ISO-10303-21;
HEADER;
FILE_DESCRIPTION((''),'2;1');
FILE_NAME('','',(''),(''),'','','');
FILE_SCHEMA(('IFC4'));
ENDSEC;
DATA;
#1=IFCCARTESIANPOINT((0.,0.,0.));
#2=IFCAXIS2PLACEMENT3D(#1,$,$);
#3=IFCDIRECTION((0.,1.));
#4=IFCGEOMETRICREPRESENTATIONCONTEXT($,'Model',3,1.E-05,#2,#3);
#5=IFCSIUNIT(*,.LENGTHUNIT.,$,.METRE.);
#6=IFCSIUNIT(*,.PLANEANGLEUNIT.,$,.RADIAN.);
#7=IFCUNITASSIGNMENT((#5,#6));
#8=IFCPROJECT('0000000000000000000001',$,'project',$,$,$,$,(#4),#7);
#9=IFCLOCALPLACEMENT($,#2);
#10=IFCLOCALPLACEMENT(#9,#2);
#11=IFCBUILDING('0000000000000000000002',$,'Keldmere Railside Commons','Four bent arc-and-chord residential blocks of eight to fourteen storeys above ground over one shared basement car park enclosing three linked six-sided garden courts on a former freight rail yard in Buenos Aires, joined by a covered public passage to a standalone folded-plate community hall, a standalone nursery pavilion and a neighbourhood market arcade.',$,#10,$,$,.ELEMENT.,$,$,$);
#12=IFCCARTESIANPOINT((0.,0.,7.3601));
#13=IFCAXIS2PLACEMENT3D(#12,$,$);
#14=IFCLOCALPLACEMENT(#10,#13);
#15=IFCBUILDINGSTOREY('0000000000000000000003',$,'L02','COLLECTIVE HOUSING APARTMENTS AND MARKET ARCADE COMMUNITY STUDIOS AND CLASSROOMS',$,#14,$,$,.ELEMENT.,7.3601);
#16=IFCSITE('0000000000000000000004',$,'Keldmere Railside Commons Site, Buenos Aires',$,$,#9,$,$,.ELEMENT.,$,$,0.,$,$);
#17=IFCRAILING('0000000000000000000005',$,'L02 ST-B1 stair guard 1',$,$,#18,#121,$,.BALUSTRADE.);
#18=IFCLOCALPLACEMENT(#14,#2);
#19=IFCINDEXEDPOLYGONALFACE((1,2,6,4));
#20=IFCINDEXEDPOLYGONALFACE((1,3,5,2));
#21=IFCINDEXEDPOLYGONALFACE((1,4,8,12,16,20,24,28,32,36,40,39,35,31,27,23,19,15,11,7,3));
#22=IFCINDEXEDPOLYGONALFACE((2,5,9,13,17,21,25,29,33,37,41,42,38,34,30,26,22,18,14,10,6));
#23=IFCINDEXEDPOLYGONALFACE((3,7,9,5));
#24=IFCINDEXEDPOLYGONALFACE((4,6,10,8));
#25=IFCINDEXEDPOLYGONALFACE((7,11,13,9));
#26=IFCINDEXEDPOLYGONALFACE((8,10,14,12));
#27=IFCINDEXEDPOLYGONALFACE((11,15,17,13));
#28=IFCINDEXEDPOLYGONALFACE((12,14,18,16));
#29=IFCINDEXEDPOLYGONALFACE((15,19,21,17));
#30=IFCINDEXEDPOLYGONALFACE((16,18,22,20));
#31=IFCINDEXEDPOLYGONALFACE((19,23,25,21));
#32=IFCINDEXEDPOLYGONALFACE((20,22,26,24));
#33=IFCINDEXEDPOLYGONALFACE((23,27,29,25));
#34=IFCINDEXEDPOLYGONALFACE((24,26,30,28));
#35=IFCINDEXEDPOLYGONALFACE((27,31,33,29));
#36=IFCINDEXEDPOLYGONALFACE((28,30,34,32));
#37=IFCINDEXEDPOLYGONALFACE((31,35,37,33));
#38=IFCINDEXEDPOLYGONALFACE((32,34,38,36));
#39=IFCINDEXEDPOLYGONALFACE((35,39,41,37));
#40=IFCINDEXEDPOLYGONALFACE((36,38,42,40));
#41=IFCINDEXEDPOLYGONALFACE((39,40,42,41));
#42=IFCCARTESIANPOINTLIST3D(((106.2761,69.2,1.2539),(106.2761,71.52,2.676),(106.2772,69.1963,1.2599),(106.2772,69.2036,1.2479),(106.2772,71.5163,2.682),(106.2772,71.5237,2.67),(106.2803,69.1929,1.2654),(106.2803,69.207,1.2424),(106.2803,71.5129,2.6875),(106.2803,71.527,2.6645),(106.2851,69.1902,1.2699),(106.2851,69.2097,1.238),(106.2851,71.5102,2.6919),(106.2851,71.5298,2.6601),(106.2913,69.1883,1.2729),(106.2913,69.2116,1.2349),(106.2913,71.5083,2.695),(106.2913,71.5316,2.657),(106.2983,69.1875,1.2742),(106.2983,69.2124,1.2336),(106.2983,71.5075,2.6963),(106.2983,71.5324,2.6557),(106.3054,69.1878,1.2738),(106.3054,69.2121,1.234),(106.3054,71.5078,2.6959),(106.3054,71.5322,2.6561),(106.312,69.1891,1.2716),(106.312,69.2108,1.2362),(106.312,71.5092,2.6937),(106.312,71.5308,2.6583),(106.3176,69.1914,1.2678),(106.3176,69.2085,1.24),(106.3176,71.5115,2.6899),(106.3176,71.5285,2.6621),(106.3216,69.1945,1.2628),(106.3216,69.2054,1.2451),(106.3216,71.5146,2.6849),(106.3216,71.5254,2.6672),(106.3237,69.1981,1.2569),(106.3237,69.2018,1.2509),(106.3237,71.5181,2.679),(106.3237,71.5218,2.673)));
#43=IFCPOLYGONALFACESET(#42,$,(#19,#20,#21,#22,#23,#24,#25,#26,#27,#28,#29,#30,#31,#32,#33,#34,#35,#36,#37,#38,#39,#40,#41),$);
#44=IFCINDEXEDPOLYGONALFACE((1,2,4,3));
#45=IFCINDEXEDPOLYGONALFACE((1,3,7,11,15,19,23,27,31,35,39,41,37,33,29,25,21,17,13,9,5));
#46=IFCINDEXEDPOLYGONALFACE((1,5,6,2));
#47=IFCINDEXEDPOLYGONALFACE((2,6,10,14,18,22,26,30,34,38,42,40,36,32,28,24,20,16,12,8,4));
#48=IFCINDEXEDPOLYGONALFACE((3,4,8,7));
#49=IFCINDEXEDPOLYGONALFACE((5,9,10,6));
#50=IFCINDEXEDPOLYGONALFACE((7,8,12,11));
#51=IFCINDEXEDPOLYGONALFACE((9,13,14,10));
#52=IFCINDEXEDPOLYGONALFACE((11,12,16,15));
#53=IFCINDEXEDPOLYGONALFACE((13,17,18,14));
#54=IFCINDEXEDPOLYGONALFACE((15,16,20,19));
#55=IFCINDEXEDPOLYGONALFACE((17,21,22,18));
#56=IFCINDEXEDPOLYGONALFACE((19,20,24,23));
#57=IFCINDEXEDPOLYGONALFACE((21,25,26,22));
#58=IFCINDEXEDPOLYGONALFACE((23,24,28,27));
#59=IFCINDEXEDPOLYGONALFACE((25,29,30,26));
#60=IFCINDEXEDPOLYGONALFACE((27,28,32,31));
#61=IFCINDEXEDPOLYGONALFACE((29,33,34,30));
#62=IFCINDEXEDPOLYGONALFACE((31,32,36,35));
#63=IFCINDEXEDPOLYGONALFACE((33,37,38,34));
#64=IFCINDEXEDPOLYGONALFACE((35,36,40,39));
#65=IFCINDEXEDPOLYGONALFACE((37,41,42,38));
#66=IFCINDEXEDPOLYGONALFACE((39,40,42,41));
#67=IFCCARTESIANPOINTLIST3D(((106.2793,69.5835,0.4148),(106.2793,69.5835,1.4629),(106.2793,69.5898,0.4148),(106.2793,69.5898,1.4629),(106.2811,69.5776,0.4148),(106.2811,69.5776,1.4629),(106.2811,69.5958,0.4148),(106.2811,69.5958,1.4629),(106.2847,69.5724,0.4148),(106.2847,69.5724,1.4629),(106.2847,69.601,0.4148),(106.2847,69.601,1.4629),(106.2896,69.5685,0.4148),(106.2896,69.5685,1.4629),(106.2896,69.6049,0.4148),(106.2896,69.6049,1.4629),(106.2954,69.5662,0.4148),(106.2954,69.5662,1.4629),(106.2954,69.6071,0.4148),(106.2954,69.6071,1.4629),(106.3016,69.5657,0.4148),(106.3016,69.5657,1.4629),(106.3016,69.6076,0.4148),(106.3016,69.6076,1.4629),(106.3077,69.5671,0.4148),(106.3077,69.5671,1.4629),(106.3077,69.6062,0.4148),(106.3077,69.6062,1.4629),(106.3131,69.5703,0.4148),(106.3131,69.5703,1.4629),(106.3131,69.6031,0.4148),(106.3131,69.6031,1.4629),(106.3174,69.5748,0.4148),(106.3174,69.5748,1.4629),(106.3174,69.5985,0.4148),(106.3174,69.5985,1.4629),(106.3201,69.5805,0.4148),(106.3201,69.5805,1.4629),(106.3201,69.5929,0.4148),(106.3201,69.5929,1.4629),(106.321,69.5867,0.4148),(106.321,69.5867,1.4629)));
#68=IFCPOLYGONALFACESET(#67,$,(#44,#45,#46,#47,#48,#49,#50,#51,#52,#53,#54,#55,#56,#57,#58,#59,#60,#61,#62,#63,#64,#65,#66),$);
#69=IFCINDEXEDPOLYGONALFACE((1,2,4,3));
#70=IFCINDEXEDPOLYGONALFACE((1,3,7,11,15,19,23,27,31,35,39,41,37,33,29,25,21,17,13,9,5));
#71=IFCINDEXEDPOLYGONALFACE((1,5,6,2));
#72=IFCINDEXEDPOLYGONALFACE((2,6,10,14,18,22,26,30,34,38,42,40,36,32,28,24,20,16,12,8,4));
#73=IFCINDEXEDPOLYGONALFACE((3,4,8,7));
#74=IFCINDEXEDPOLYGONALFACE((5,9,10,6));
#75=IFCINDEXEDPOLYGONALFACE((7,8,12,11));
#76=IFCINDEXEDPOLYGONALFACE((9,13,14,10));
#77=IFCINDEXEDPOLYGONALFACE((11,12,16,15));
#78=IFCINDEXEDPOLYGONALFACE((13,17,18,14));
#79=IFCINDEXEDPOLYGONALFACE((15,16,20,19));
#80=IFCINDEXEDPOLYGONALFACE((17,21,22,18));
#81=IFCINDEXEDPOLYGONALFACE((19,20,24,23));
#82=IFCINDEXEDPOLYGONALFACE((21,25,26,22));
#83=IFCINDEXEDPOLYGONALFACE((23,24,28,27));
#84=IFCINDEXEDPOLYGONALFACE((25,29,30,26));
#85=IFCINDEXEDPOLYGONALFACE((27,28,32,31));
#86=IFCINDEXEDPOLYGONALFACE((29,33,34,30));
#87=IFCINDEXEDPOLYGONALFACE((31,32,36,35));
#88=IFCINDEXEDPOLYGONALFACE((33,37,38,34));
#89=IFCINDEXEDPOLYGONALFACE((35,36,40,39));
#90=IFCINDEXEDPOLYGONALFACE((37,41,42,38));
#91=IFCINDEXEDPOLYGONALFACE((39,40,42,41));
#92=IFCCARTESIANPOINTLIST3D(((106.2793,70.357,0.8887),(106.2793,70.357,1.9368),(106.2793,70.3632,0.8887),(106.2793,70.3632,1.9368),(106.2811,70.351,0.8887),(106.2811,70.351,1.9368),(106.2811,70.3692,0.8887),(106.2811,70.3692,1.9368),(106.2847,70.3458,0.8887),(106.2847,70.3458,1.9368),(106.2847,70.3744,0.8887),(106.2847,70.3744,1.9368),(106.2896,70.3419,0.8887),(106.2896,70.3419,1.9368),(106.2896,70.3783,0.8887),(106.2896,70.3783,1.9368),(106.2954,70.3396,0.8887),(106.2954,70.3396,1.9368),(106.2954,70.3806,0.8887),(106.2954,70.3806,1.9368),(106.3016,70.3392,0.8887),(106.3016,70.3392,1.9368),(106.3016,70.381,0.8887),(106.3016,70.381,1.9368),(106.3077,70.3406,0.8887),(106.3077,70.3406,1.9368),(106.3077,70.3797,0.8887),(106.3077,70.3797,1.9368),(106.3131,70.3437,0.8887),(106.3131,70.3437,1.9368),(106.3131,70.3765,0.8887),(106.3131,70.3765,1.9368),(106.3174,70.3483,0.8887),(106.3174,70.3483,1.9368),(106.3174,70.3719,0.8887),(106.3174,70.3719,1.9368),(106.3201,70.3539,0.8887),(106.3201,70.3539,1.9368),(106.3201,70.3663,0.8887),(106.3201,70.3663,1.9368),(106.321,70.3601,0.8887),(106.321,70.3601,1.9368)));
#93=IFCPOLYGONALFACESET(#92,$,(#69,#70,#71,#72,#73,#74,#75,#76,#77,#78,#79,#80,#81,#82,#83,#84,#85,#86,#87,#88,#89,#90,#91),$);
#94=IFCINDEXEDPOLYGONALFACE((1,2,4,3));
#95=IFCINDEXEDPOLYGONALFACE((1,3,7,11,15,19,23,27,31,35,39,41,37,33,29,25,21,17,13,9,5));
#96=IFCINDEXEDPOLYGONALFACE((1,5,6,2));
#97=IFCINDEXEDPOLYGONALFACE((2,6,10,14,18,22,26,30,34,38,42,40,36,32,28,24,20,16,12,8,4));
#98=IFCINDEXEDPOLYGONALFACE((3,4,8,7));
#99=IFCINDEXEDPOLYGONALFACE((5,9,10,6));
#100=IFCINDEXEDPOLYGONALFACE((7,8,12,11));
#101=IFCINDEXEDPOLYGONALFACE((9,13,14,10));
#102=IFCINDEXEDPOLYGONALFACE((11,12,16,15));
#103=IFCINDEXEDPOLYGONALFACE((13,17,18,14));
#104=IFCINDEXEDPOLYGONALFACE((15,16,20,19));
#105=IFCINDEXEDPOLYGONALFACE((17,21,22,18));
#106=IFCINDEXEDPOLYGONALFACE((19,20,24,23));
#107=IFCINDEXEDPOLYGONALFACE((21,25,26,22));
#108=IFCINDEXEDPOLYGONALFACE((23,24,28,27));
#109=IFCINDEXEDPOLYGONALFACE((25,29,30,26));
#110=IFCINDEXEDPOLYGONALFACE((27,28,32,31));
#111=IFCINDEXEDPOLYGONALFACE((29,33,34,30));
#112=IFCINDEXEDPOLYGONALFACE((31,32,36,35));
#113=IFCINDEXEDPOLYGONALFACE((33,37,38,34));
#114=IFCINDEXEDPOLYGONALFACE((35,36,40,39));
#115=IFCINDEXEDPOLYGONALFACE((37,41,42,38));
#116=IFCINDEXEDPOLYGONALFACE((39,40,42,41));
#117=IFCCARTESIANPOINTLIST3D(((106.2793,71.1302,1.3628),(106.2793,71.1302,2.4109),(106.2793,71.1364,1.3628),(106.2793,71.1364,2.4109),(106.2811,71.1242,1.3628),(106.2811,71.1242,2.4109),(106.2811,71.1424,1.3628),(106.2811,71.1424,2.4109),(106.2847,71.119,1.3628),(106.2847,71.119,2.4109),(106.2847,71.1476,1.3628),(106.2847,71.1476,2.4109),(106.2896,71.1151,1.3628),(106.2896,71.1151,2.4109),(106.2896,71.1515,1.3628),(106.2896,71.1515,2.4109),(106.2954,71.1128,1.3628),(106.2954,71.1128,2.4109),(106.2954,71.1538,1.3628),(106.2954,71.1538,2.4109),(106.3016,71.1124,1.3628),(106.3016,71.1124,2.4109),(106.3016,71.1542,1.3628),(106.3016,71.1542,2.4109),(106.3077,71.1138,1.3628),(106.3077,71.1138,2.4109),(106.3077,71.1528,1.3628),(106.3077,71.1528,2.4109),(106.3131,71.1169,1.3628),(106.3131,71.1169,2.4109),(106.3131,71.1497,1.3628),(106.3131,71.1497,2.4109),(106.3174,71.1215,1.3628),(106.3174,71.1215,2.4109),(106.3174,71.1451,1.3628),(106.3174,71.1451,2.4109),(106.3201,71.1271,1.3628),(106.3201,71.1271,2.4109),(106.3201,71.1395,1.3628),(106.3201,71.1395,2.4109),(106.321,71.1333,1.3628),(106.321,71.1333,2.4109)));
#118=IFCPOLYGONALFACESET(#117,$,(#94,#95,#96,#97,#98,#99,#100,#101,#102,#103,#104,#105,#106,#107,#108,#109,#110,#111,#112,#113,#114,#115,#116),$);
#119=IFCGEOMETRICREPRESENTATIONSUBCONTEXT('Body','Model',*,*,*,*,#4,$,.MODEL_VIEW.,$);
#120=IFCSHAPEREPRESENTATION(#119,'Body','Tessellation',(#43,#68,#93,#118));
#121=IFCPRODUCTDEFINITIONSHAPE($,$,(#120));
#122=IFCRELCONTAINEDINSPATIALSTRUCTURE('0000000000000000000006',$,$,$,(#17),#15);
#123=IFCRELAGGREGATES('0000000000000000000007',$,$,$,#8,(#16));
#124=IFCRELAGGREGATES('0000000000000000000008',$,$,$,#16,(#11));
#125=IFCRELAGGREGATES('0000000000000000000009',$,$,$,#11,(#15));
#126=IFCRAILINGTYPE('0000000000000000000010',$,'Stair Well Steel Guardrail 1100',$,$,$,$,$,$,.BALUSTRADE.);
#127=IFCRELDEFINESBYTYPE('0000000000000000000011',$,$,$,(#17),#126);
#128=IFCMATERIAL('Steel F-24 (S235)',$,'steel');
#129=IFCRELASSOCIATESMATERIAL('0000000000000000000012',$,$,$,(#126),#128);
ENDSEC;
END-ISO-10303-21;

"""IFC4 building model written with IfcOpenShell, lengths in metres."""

from ifc_helpers import new_model, si_unit, direction, frame, origin, origin_2d, place, context, subcontext, project, spatial, circle, extrude, material, type_object, element, save


model = new_model("IFC4")

# Units and contexts
model_context = context("Model", 3, precision=1e-05, world=origin(), true_north=direction((0.0, 1.0)))
body_context = subcontext(model_context, "Body", "Model", "MODEL_VIEW")
ifc_project = project(units=[si_unit("LENGTHUNIT", "METRE"), si_unit("PLANEANGLEUNIT", "RADIAN")], contexts=[model_context])

# Site, building, storey
site_placement = place(None, origin())
site = spatial("IfcSite", under=ifc_project, at=site_placement, Name="Keldmere Railside Commons Site, Buenos Aires", CompositionType="ELEMENT", RefElevation=0.0)
building_placement = place(site_placement, origin())
building = spatial("IfcBuilding", under=site, at=building_placement, Name="Keldmere Railside Commons", Description="Four bent arc-and-chord residential blocks of eight to fourteen storeys above ground over one shared basement car park enclosing three linked six-sided garden courts on a former freight rail yard in Buenos Aires, joined by a covered public passage to a standalone folded-plate community hall, a standalone nursery pavilion and a neighbourhood market arcade.", CompositionType="ELEMENT")
storey_placement = place(building_placement, frame((0.0, 0.0, 7.3601)))
storey = spatial("IfcBuildingStorey", under=building, at=storey_placement, Name="L02", Description="COLLECTIVE HOUSING APARTMENTS AND MARKET ARCADE COMMUNITY STUDIOS AND CLASSROOMS", CompositionType="ELEMENT", Elevation=7.3601)

# Railing
ifc_material_1 = material(Name="Steel F-24 (S235)", Category="steel")
railing_type_1 = type_object("IfcRailingType", Name="Stair Well Steel Guardrail 1100", PredefinedType="BALUSTRADE", material=ifc_material_1)
railing_1_placement = place(storey_placement, frame((106.3, 69.2, 0.1777)))
element("IfcRailing", 1, at=railing_1_placement, inside=storey, type_object=railing_type_1, Name="L02 ST-B1 stair guard 1", PredefinedType="BALUSTRADE", context=body_context, shape_type="SweptSolid", body=[
    extrude(circle(Radius=0.0239, at=origin_2d()), frame((0.0, 0.0, 1.0762), z_axis=(0.0, 0.852578, 0.5226), x_axis=(-1.0, 0.0, 0.0)), (0.0, 0.0, 1.0), 2.7212),
    extrude(circle(Radius=0.021, at=origin_2d()), frame((0.0, 0.3867, 0.2371)), (0.0, 0.0, 1.0), 1.0481),
    extrude(circle(Radius=0.021, at=origin_2d()), frame((0.0, 1.1602, 0.7109)), (0.0, 0.0, 1.0), 1.0481),
    extrude(circle(Radius=0.021, at=origin_2d()), frame((0.0, 1.9333, 1.1851)), (0.0, 0.0, 1.0), 1.0481),
])

save(model, "model.ifc")
